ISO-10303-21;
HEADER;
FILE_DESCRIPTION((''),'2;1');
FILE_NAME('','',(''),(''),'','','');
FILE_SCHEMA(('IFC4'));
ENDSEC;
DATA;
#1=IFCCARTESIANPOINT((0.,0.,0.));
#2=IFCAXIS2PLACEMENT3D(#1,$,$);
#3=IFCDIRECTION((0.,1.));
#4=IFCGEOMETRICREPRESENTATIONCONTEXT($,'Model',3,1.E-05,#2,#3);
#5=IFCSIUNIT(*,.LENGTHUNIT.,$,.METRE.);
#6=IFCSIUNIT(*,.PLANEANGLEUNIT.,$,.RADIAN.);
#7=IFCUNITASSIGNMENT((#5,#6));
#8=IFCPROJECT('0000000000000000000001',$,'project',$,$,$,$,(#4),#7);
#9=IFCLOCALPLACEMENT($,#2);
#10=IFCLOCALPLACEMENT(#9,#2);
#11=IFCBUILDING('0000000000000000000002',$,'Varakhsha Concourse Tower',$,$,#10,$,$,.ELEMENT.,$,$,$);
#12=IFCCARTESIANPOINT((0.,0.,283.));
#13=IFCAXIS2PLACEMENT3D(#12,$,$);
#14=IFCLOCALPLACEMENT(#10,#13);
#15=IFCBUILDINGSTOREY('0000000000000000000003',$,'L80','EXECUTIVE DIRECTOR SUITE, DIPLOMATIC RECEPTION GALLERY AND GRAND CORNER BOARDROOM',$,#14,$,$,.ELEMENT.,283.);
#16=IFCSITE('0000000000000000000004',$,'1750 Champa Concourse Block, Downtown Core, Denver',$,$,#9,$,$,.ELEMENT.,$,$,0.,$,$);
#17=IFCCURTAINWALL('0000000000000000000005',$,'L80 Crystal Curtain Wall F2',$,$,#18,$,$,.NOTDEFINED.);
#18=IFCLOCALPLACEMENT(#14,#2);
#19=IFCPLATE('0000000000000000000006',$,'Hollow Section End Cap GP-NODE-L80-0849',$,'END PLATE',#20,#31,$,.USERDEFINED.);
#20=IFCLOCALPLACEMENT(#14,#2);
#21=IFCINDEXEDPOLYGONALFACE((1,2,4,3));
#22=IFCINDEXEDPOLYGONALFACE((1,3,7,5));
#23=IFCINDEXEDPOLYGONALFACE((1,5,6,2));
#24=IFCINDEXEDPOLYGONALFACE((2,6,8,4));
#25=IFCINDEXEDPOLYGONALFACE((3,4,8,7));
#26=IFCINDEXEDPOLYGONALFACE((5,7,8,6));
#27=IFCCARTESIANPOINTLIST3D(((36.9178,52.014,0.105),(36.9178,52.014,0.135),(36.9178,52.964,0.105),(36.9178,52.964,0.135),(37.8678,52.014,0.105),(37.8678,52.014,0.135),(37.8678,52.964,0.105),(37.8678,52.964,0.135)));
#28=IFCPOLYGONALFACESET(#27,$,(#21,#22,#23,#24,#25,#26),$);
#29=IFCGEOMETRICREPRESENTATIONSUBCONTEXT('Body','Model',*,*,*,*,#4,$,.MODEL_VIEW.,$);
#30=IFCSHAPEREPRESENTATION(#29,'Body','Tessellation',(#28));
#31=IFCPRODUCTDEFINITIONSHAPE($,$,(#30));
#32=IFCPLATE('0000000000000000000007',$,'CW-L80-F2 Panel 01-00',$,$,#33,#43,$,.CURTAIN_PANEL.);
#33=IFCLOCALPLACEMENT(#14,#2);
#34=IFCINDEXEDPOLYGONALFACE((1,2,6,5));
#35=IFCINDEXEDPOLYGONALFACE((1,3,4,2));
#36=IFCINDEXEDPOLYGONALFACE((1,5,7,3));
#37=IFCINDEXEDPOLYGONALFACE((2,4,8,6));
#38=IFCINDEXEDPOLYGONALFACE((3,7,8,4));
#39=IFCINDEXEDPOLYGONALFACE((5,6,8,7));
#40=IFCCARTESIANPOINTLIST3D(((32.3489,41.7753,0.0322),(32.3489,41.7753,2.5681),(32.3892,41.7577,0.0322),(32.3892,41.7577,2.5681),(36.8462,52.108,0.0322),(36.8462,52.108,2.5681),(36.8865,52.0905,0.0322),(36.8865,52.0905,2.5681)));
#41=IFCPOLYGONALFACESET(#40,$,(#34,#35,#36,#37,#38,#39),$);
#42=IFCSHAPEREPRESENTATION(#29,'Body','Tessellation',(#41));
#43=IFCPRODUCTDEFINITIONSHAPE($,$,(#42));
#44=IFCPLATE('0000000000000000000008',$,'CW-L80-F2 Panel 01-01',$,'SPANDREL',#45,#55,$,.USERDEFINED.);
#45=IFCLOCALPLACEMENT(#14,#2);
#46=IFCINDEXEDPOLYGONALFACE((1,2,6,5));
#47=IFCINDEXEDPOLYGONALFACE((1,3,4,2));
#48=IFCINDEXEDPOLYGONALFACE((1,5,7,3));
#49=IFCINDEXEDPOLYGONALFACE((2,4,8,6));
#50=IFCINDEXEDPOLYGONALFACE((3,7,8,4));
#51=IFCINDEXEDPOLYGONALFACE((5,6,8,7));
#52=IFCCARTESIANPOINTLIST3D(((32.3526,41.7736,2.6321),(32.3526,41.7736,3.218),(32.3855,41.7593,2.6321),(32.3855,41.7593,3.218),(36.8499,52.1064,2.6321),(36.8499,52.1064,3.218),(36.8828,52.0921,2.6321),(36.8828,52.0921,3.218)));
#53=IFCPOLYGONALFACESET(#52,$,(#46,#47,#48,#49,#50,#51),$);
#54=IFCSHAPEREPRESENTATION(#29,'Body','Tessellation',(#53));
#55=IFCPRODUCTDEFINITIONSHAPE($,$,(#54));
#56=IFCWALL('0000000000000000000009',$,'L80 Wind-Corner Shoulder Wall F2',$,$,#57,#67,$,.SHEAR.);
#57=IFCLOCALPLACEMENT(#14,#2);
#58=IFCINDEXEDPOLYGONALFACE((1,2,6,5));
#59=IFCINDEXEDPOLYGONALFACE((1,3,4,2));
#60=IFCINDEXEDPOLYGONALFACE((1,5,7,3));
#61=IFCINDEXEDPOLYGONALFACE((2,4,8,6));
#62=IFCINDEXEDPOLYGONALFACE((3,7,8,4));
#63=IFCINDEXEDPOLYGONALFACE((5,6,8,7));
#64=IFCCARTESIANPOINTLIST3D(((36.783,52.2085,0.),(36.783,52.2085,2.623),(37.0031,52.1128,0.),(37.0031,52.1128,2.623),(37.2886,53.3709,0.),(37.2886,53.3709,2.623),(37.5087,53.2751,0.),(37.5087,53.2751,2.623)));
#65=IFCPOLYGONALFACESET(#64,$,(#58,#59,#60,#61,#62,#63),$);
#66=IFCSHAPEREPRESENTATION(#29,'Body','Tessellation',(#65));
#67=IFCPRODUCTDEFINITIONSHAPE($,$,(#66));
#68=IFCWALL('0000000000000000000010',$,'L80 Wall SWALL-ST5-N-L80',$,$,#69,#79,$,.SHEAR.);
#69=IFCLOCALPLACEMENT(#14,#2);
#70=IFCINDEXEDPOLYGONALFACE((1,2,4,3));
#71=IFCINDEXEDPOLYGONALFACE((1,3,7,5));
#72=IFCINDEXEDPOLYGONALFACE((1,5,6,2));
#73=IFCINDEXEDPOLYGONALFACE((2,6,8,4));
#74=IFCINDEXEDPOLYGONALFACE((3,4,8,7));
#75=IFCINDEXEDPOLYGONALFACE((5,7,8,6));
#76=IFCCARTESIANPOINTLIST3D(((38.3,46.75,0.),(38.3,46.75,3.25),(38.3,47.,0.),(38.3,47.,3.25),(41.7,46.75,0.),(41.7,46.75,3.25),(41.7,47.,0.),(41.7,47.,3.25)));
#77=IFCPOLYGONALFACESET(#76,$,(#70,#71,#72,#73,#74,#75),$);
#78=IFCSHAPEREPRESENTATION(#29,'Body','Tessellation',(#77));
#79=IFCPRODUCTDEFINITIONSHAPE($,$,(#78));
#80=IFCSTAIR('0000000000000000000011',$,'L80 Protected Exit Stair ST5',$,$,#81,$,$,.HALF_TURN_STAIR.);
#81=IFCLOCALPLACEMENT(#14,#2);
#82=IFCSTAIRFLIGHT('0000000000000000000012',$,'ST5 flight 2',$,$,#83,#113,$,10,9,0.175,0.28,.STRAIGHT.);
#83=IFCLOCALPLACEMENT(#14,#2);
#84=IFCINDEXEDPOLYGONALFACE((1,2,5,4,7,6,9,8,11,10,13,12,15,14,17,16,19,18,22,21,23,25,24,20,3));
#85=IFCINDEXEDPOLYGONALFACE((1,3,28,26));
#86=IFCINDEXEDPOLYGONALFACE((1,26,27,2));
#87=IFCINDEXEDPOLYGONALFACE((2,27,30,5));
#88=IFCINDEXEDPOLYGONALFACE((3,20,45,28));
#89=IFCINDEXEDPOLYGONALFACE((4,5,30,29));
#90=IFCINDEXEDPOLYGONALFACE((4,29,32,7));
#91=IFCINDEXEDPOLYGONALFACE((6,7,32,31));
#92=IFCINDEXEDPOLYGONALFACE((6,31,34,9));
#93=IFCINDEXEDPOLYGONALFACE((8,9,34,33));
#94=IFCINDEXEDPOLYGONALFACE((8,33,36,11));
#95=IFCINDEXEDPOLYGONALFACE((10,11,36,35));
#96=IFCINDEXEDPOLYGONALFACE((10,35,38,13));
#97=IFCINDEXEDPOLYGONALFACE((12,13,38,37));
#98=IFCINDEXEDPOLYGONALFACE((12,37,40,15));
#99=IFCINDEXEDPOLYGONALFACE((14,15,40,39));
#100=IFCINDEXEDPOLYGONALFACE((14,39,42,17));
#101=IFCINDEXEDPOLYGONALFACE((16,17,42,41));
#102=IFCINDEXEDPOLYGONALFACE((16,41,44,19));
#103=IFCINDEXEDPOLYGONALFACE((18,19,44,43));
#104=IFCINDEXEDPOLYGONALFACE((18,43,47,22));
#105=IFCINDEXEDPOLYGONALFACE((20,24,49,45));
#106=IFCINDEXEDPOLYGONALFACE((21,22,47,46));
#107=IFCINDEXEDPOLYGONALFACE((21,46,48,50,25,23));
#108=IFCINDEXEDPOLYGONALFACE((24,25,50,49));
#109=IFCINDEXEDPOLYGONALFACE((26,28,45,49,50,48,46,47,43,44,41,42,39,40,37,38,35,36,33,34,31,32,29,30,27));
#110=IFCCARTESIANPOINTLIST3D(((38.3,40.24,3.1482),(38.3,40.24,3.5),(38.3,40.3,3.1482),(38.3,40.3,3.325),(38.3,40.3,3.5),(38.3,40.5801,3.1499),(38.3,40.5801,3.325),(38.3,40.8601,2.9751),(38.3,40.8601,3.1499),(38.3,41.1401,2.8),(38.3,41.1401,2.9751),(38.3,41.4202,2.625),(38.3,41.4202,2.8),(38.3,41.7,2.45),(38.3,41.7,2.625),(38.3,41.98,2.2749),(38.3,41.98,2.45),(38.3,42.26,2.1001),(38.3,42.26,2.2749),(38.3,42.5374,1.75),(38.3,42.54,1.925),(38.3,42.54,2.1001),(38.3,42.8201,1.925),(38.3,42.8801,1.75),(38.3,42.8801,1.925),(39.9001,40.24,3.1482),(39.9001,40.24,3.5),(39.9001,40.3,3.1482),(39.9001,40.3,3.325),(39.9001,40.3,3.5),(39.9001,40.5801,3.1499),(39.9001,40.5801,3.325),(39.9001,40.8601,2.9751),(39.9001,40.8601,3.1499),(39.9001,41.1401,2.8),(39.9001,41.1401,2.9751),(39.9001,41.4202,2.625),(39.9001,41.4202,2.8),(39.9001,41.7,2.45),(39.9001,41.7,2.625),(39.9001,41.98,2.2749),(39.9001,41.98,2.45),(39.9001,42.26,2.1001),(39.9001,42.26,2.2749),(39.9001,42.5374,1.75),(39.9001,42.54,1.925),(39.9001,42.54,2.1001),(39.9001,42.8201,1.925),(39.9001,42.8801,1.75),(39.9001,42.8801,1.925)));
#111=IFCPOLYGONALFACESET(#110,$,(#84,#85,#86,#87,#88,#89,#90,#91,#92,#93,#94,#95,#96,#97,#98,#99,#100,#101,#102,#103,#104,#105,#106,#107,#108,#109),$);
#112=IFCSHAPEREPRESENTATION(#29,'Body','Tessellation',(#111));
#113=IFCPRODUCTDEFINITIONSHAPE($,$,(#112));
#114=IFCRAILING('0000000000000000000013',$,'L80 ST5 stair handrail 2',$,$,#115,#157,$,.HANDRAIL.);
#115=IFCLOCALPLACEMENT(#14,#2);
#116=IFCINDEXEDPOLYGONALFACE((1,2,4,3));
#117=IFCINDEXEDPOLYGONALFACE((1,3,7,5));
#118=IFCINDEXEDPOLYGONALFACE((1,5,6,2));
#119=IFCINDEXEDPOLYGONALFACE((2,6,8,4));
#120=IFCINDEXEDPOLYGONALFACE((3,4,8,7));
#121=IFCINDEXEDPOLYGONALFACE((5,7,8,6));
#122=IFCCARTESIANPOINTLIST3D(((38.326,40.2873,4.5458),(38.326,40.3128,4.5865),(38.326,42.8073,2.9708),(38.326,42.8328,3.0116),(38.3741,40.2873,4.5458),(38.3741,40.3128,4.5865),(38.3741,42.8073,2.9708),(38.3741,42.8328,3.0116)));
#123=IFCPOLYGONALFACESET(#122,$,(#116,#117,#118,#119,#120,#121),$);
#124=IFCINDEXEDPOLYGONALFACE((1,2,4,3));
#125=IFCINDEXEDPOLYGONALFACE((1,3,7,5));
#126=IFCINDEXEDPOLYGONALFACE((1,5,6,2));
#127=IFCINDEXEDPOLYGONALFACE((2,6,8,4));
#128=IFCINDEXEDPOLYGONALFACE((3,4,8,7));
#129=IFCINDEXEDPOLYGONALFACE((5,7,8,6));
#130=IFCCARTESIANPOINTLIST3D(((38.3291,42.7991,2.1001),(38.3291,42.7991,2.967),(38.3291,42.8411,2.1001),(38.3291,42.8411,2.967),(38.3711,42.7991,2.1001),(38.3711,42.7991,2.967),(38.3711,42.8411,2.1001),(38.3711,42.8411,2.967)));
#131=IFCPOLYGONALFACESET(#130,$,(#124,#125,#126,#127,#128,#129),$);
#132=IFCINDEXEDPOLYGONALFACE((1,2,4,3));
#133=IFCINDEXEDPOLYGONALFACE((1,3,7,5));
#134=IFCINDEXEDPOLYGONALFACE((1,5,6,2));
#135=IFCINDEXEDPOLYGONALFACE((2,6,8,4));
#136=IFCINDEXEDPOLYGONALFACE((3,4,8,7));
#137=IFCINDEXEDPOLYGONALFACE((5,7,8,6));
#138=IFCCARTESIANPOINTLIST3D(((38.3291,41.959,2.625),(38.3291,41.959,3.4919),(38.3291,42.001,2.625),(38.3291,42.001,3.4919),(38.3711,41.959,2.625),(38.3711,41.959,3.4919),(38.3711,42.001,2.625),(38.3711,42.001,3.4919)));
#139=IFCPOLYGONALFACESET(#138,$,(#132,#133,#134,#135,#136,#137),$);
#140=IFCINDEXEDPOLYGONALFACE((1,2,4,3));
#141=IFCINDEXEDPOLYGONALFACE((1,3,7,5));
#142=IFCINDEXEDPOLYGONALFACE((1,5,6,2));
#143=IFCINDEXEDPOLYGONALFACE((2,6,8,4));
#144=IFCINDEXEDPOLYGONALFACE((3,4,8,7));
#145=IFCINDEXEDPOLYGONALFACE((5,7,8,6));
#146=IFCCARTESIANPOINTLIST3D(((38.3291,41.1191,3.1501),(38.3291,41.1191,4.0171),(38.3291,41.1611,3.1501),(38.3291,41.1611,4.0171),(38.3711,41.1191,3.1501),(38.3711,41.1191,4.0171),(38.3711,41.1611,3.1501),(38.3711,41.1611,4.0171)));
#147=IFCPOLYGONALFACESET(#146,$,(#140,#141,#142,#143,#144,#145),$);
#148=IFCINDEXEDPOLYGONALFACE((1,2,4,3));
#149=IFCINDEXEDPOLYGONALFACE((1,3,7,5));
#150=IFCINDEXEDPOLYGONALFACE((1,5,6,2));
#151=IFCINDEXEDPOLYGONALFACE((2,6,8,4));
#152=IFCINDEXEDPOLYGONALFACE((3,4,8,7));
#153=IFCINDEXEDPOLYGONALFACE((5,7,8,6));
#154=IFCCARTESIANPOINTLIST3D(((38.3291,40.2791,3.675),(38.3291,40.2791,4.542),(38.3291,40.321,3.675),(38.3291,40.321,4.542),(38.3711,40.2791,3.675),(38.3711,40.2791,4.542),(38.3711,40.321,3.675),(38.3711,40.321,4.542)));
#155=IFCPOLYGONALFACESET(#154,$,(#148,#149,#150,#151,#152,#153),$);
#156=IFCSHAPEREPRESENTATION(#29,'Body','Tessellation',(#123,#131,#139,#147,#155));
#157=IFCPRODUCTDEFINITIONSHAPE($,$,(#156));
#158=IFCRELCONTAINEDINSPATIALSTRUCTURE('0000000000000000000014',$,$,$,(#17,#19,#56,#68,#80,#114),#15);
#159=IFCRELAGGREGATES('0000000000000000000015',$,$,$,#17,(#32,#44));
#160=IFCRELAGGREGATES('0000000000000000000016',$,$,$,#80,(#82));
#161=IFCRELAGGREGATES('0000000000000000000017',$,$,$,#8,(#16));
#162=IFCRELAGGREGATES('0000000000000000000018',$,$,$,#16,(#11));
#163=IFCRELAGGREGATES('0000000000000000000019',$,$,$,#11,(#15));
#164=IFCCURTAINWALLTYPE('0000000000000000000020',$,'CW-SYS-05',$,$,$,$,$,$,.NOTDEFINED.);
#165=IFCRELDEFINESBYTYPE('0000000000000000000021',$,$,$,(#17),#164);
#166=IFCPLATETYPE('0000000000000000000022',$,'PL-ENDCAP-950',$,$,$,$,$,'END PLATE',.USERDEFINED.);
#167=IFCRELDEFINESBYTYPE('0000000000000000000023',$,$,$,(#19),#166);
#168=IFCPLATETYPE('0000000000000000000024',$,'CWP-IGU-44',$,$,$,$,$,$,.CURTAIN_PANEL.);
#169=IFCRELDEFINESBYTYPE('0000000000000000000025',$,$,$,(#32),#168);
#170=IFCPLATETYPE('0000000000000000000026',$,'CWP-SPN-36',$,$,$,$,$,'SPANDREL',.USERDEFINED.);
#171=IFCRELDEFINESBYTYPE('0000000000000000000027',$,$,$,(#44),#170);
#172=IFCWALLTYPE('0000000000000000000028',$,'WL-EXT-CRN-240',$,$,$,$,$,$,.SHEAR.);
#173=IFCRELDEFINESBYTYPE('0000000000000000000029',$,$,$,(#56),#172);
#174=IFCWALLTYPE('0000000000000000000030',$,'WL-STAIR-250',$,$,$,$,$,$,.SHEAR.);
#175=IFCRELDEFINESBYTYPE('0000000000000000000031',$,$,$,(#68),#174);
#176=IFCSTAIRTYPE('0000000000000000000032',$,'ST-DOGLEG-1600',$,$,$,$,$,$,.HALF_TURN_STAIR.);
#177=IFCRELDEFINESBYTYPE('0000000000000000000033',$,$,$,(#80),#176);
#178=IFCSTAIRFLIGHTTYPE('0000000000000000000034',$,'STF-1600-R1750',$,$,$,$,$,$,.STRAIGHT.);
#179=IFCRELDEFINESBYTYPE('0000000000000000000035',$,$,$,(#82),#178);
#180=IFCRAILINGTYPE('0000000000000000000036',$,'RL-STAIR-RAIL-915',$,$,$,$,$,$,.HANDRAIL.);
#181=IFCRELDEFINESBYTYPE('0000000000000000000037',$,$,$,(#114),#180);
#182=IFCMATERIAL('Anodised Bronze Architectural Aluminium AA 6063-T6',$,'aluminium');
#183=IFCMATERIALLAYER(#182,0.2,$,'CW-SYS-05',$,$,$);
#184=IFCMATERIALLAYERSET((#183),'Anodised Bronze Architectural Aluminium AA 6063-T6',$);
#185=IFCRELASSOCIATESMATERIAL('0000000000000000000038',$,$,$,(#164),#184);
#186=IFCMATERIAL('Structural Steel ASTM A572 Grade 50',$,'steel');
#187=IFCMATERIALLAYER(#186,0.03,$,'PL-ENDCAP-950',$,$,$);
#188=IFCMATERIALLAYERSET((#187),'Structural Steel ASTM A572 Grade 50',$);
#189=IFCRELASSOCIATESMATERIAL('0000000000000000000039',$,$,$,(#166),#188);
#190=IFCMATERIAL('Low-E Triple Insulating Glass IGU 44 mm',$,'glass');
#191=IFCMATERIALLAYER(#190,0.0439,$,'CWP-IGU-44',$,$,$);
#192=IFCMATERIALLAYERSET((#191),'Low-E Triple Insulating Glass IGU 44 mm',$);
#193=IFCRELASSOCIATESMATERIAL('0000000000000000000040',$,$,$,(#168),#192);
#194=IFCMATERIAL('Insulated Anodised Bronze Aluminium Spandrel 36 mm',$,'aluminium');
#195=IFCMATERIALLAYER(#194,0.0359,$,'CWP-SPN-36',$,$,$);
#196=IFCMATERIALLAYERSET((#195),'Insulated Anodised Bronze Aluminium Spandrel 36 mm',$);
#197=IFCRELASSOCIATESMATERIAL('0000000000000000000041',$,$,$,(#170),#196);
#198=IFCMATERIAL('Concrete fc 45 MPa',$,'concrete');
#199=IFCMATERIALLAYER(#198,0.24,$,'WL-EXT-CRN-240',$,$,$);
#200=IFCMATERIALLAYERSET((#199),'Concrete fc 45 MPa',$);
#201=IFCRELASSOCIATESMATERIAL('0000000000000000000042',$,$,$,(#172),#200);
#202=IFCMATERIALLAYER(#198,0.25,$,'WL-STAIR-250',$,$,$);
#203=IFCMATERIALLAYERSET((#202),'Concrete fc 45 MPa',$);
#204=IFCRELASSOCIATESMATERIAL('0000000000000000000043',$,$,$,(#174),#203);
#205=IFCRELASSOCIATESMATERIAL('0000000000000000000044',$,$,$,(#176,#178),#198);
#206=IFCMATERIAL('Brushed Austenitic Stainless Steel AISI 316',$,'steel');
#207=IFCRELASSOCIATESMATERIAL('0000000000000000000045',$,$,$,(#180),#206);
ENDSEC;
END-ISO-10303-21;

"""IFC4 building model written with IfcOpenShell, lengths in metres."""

from ifc_helpers import new_model, si_unit, direction, frame, frame_2d, origin, origin_2d, place, context, subcontext, project, spatial, polyline, rectangle, outline, extrude, source, transform, mapped, material, layer, layer_set, type_object, type_shapes, element, aggregate, save


model = new_model("IFC4")

# Units and contexts
model_context = context("Model", 3, precision=1e-05, world=origin(), true_north=direction((0.0, 1.0)))
body_context = subcontext(model_context, "Body", "Model", "MODEL_VIEW")
ifc_project = project(units=[si_unit("LENGTHUNIT", "METRE"), si_unit("PLANEANGLEUNIT", "RADIAN")], contexts=[model_context])

# Site, building, storey
site_placement = place(None, origin())
site = spatial("IfcSite", under=ifc_project, at=site_placement, Name="1750 Champa Concourse Block, Downtown Core, Denver", CompositionType="ELEMENT", RefElevation=0.0)
building_placement = place(site_placement, origin())
building = spatial("IfcBuilding", under=site, at=building_placement, Name="Varakhsha Concourse Tower", CompositionType="ELEMENT")
storey_placement = place(building_placement, frame((0.0, 0.0, 283.0)))
storey = spatial("IfcBuildingStorey", under=building, at=storey_placement, Name="L80", Description="EXECUTIVE DIRECTOR SUITE, DIPLOMATIC RECEPTION GALLERY AND GRAND CORNER BOARDROOM", CompositionType="ELEMENT", Elevation=283.0)

# Shared definitions
ifc_material_1 = material(Name="Structural Steel ASTM A572 Grade 50", Category="steel")

# Shared definitions
ifc_material_2 = material(Name="Anodised Bronze Architectural Aluminium AA 6063-T6", Category="aluminium")
ifc_layer_1 = layer(ifc_material_2, 0.2, Name="CW-SYS-05")
ifc_layer_set_1 = layer_set([ifc_layer_1], Name="Anodised Bronze Architectural Aluminium AA 6063-T6")
curtain_wall_type = type_object("IfcCurtainWallType", Name="CW-SYS-05", PredefinedType="NOTDEFINED", material=ifc_layer_set_1)

# Curtain wall
curtain_wall_1_placement = place(storey_placement, origin())
curtain_wall_1 = element("IfcCurtainWall", 1, at=curtain_wall_1_placement, inside=storey, type_object=curtain_wall_type, Name="L80 Crystal Curtain Wall F2", PredefinedType="NOTDEFINED")

# Plates
ifc_layer_2 = layer(ifc_material_1, 0.03, Name="PL-ENDCAP-950")
ifc_layer_set_2 = layer_set([ifc_layer_2], Name="Structural Steel ASTM A572 Grade 50")
plate_type_1 = type_object("IfcPlateType", Name="PL-ENDCAP-950", ElementType="END PLATE", PredefinedType="USERDEFINED", material=ifc_layer_set_2)
shared_shape_1 = source(origin(), body_context, "Body", "SweptSolid", [
    extrude(rectangle(XDim=0.95, YDim=0.95, at=origin_2d()), origin(), (0.0, 0.0, 1.0), 0.03),
])
type_shapes(plate_type_1, [shared_shape_1])
plate_1_placement = place(storey_placement, frame((37.3928, 52.489, 0.105), z_axis=(0.0, 0.0, 1.0), x_axis=(1.0, 0.0, 0.0)))
element("IfcPlate", 2, at=plate_1_placement, inside=storey, type_object=plate_type_1, Name="Hollow Section End Cap GP-NODE-L80-0849", ObjectType="END PLATE", PredefinedType="USERDEFINED", context=body_context, shape_type="MappedRepresentation", body=[
    mapped(shared_shape_1, transform((0.0, 0.0, 0.0), scale=1.0)),
])
ifc_material_3 = material(Name="Low-E Triple Insulating Glass IGU 44 mm", Category="glass")
ifc_layer_3 = layer(ifc_material_3, 0.0439, Name="CWP-IGU-44")
ifc_layer_set_3 = layer_set([ifc_layer_3], Name="Low-E Triple Insulating Glass IGU 44 mm")
plate_type_2 = type_object("IfcPlateType", Name="CWP-IGU-44", PredefinedType="CURTAIN_PANEL", material=ifc_layer_set_3)
shared_shape_2 = source(origin(), body_context, "Body", "SweptSolid", [
    extrude(rectangle(XDim=11.269, YDim=0.0439, at=origin_2d()), origin(), (0.0, 0.0, 1.0), 2.5359),
])
type_shapes(plate_type_2, [shared_shape_2])
plate_2_placement = place(storey_placement, frame((34.6177, 46.9329, 0.0322), z_axis=(0.0, 0.0, 1.0), x_axis=(0.399084, 0.916915, 0.0)))
plate_2 = element("IfcPlate", 3, at=plate_2_placement, type_object=plate_type_2, Name="CW-L80-F2 Panel 01-00", PredefinedType="CURTAIN_PANEL", context=body_context, shape_type="MappedRepresentation", body=[
    mapped(shared_shape_2, transform((0.0, 0.0, 0.0), scale=1.0)),
])
ifc_material_4 = material(Name="Insulated Anodised Bronze Aluminium Spandrel 36 mm", Category="aluminium")
ifc_layer_4 = layer(ifc_material_4, 0.0359, Name="CWP-SPN-36")
ifc_layer_set_4 = layer_set([ifc_layer_4], Name="Insulated Anodised Bronze Aluminium Spandrel 36 mm")
plate_type_3 = type_object("IfcPlateType", Name="CWP-SPN-36", ElementType="SPANDREL", PredefinedType="USERDEFINED", material=ifc_layer_set_4)
shared_shape_3 = source(origin(), body_context, "Body", "SweptSolid", [
    extrude(rectangle(XDim=11.269, YDim=0.0359, at=origin_2d()), origin(), (0.0, 0.0, 1.0), 0.5859),
])
type_shapes(plate_type_3, [shared_shape_3])
plate_3_placement = place(storey_placement, frame((34.6177, 46.9329, 2.6321), z_axis=(0.0, 0.0, 1.0), x_axis=(0.399084, 0.916915, 0.0)))
plate_3 = element("IfcPlate", 4, at=plate_3_placement, type_object=plate_type_3, Name="CW-L80-F2 Panel 01-01", ObjectType="SPANDREL", PredefinedType="USERDEFINED", context=body_context, shape_type="MappedRepresentation", body=[
    mapped(shared_shape_3, transform((0.0, 0.0, 0.0), scale=1.0)),
])
aggregate(curtain_wall_1, [plate_2, plate_3])

# Walls
ifc_material_5 = material(Name="Concrete fc 45 MPa", Category="concrete")
ifc_layer_5 = layer(ifc_material_5, 0.24, Name="WL-EXT-CRN-240")
ifc_layer_set_5 = layer_set([ifc_layer_5], Name="Concrete fc 45 MPa")
wall_type_1 = type_object("IfcWallType", Name="WL-EXT-CRN-240", PredefinedType="SHEAR", material=ifc_layer_set_5)
wall_1_placement = place(storey_placement, frame((37.3987, 53.323, 0.0), z_axis=(0.0, 0.0, 1.0), x_axis=(-0.398888, -0.917, 0.0)))
element("IfcWall", 5, at=wall_1_placement, inside=storey, type_object=wall_type_1, Name="L80 Wind-Corner Shoulder Wall F2", PredefinedType="SHEAR", context=body_context, shape_type="SweptSolid", body=[
    extrude(rectangle(XDim=1.2676, YDim=0.24, at=frame_2d((0.6338, 0.0))), origin(), (0.0, 0.0, 1.0), 2.623),
])
ifc_layer_6 = layer(ifc_material_5, 0.25, Name="WL-STAIR-250")
ifc_layer_set_6 = layer_set([ifc_layer_6], Name="Concrete fc 45 MPa")
wall_type_2 = type_object("IfcWallType", Name="WL-STAIR-250", PredefinedType="SHEAR", material=ifc_layer_set_6)
wall_2_placement = place(storey_placement, frame((38.3, 46.875, 0.0), z_axis=(0.0, 0.0, 1.0), x_axis=(1.0, 0.0, 0.0)))
element("IfcWall", 6, at=wall_2_placement, inside=storey, type_object=wall_type_2, Name="L80 Wall SWALL-ST5-N-L80", PredefinedType="SHEAR", context=body_context, shape_type="SweptSolid", body=[
    extrude(rectangle(XDim=3.3999, YDim=0.25, at=frame_2d((1.7, 0.0))), origin(), (0.0, 0.0, 1.0), 3.25),
])

# Stair, stair flight
stair_type = type_object("IfcStairType", Name="ST-DOGLEG-1600", PredefinedType="HALF_TURN_STAIR", material=ifc_material_5)
stair_placement = place(storey_placement, origin())
stair = element("IfcStair", 7, at=stair_placement, inside=storey, type_object=stair_type, Name="L80 Protected Exit Stair ST5", PredefinedType="HALF_TURN_STAIR")
stair_flight_type = type_object("IfcStairFlightType", Name="STF-1600-R1750", PredefinedType="STRAIGHT", material=ifc_material_5)
stair_flight_placement = place(storey_placement, frame((39.1001, 42.8201, 1.75), z_axis=(0.0, 0.0, 1.0), x_axis=(0.0, -1.0, 0.0)))
stair_flight = element("IfcStairFlight", 8, at=stair_flight_placement, type_object=stair_flight_type, Name="ST5 flight 2", NumberOfRisers=10, NumberOfTreads=9, PredefinedType="STRAIGHT", RiserHeight=0.175, TreadLength=0.28, context=body_context, shape_type="SweptSolid", body=[
    extrude(outline(polyline([(-0.0601, 0.0), (-0.0601, 0.175), (0.0, 0.175), (0.28, 0.175), (0.28, 0.3501), (0.5601, 0.3501), (0.5601, 0.5249), (0.8401, 0.5249), (0.8401, 0.7), (1.1201, 0.7), (1.1201, 0.875), (1.3999, 0.875), (1.3999, 1.05), (1.6799, 1.05), (1.6799, 1.2251), (1.96, 1.2251), (1.96, 1.3999), (2.24, 1.3999), (2.24, 1.575), (2.52, 1.575), (2.52, 1.75), (2.5801, 1.75), (2.5801, 1.3982), (2.52, 1.3982), (0.2827, 0.0), (-0.0601, 0.0)])), frame((0.0, 0.8, 0.0), z_axis=(0.0, -1.0, 0.0), x_axis=(1.0, 0.0, 0.0)), (0.0, 0.0, 1.0), 1.6001),
])
aggregate(stair, [stair_flight])

# Railing
ifc_material_6 = material(Name="Brushed Austenitic Stainless Steel AISI 316", Category="steel")
railing_type = type_object("IfcRailingType", Name="RL-STAIR-RAIL-915", PredefinedType="HANDRAIL", material=ifc_material_6)
railing_placement = place(storey_placement, frame((38.3501, 42.8201, 2.1001)))
element("IfcRailing", 9, at=railing_placement, inside=storey, type_object=railing_type, Name="L80 ST5 stair handrail 2", PredefinedType="HANDRAIL", context=body_context, shape_type="SweptSolid", body=[
    extrude(rectangle(XDim=0.0481, YDim=0.0481, at=origin_2d()), frame((0.0, 0.0, 0.8911), z_axis=(0.0, -0.848008, 0.529984), x_axis=(1.0, 0.0, 0.0)), (0.0, 0.0, 1.0), 2.9717),
    extrude(rectangle(XDim=0.042, YDim=0.042, at=origin_2d()), origin(), (0.0, 0.0, 1.0), 0.8669),
    extrude(rectangle(XDim=0.042, YDim=0.042, at=origin_2d()), frame((0.0, -0.8401, 0.5249)), (0.0, 0.0, 1.0), 0.8669),
    extrude(rectangle(XDim=0.042, YDim=0.042, at=origin_2d()), frame((0.0, -1.6799, 1.05)), (0.0, 0.0, 1.0), 0.8669),
    extrude(rectangle(XDim=0.042, YDim=0.042, at=origin_2d()), frame((0.0, -2.52, 1.575)), (0.0, 0.0, 1.0), 0.8669),
])

save(model, "model.ifc")
